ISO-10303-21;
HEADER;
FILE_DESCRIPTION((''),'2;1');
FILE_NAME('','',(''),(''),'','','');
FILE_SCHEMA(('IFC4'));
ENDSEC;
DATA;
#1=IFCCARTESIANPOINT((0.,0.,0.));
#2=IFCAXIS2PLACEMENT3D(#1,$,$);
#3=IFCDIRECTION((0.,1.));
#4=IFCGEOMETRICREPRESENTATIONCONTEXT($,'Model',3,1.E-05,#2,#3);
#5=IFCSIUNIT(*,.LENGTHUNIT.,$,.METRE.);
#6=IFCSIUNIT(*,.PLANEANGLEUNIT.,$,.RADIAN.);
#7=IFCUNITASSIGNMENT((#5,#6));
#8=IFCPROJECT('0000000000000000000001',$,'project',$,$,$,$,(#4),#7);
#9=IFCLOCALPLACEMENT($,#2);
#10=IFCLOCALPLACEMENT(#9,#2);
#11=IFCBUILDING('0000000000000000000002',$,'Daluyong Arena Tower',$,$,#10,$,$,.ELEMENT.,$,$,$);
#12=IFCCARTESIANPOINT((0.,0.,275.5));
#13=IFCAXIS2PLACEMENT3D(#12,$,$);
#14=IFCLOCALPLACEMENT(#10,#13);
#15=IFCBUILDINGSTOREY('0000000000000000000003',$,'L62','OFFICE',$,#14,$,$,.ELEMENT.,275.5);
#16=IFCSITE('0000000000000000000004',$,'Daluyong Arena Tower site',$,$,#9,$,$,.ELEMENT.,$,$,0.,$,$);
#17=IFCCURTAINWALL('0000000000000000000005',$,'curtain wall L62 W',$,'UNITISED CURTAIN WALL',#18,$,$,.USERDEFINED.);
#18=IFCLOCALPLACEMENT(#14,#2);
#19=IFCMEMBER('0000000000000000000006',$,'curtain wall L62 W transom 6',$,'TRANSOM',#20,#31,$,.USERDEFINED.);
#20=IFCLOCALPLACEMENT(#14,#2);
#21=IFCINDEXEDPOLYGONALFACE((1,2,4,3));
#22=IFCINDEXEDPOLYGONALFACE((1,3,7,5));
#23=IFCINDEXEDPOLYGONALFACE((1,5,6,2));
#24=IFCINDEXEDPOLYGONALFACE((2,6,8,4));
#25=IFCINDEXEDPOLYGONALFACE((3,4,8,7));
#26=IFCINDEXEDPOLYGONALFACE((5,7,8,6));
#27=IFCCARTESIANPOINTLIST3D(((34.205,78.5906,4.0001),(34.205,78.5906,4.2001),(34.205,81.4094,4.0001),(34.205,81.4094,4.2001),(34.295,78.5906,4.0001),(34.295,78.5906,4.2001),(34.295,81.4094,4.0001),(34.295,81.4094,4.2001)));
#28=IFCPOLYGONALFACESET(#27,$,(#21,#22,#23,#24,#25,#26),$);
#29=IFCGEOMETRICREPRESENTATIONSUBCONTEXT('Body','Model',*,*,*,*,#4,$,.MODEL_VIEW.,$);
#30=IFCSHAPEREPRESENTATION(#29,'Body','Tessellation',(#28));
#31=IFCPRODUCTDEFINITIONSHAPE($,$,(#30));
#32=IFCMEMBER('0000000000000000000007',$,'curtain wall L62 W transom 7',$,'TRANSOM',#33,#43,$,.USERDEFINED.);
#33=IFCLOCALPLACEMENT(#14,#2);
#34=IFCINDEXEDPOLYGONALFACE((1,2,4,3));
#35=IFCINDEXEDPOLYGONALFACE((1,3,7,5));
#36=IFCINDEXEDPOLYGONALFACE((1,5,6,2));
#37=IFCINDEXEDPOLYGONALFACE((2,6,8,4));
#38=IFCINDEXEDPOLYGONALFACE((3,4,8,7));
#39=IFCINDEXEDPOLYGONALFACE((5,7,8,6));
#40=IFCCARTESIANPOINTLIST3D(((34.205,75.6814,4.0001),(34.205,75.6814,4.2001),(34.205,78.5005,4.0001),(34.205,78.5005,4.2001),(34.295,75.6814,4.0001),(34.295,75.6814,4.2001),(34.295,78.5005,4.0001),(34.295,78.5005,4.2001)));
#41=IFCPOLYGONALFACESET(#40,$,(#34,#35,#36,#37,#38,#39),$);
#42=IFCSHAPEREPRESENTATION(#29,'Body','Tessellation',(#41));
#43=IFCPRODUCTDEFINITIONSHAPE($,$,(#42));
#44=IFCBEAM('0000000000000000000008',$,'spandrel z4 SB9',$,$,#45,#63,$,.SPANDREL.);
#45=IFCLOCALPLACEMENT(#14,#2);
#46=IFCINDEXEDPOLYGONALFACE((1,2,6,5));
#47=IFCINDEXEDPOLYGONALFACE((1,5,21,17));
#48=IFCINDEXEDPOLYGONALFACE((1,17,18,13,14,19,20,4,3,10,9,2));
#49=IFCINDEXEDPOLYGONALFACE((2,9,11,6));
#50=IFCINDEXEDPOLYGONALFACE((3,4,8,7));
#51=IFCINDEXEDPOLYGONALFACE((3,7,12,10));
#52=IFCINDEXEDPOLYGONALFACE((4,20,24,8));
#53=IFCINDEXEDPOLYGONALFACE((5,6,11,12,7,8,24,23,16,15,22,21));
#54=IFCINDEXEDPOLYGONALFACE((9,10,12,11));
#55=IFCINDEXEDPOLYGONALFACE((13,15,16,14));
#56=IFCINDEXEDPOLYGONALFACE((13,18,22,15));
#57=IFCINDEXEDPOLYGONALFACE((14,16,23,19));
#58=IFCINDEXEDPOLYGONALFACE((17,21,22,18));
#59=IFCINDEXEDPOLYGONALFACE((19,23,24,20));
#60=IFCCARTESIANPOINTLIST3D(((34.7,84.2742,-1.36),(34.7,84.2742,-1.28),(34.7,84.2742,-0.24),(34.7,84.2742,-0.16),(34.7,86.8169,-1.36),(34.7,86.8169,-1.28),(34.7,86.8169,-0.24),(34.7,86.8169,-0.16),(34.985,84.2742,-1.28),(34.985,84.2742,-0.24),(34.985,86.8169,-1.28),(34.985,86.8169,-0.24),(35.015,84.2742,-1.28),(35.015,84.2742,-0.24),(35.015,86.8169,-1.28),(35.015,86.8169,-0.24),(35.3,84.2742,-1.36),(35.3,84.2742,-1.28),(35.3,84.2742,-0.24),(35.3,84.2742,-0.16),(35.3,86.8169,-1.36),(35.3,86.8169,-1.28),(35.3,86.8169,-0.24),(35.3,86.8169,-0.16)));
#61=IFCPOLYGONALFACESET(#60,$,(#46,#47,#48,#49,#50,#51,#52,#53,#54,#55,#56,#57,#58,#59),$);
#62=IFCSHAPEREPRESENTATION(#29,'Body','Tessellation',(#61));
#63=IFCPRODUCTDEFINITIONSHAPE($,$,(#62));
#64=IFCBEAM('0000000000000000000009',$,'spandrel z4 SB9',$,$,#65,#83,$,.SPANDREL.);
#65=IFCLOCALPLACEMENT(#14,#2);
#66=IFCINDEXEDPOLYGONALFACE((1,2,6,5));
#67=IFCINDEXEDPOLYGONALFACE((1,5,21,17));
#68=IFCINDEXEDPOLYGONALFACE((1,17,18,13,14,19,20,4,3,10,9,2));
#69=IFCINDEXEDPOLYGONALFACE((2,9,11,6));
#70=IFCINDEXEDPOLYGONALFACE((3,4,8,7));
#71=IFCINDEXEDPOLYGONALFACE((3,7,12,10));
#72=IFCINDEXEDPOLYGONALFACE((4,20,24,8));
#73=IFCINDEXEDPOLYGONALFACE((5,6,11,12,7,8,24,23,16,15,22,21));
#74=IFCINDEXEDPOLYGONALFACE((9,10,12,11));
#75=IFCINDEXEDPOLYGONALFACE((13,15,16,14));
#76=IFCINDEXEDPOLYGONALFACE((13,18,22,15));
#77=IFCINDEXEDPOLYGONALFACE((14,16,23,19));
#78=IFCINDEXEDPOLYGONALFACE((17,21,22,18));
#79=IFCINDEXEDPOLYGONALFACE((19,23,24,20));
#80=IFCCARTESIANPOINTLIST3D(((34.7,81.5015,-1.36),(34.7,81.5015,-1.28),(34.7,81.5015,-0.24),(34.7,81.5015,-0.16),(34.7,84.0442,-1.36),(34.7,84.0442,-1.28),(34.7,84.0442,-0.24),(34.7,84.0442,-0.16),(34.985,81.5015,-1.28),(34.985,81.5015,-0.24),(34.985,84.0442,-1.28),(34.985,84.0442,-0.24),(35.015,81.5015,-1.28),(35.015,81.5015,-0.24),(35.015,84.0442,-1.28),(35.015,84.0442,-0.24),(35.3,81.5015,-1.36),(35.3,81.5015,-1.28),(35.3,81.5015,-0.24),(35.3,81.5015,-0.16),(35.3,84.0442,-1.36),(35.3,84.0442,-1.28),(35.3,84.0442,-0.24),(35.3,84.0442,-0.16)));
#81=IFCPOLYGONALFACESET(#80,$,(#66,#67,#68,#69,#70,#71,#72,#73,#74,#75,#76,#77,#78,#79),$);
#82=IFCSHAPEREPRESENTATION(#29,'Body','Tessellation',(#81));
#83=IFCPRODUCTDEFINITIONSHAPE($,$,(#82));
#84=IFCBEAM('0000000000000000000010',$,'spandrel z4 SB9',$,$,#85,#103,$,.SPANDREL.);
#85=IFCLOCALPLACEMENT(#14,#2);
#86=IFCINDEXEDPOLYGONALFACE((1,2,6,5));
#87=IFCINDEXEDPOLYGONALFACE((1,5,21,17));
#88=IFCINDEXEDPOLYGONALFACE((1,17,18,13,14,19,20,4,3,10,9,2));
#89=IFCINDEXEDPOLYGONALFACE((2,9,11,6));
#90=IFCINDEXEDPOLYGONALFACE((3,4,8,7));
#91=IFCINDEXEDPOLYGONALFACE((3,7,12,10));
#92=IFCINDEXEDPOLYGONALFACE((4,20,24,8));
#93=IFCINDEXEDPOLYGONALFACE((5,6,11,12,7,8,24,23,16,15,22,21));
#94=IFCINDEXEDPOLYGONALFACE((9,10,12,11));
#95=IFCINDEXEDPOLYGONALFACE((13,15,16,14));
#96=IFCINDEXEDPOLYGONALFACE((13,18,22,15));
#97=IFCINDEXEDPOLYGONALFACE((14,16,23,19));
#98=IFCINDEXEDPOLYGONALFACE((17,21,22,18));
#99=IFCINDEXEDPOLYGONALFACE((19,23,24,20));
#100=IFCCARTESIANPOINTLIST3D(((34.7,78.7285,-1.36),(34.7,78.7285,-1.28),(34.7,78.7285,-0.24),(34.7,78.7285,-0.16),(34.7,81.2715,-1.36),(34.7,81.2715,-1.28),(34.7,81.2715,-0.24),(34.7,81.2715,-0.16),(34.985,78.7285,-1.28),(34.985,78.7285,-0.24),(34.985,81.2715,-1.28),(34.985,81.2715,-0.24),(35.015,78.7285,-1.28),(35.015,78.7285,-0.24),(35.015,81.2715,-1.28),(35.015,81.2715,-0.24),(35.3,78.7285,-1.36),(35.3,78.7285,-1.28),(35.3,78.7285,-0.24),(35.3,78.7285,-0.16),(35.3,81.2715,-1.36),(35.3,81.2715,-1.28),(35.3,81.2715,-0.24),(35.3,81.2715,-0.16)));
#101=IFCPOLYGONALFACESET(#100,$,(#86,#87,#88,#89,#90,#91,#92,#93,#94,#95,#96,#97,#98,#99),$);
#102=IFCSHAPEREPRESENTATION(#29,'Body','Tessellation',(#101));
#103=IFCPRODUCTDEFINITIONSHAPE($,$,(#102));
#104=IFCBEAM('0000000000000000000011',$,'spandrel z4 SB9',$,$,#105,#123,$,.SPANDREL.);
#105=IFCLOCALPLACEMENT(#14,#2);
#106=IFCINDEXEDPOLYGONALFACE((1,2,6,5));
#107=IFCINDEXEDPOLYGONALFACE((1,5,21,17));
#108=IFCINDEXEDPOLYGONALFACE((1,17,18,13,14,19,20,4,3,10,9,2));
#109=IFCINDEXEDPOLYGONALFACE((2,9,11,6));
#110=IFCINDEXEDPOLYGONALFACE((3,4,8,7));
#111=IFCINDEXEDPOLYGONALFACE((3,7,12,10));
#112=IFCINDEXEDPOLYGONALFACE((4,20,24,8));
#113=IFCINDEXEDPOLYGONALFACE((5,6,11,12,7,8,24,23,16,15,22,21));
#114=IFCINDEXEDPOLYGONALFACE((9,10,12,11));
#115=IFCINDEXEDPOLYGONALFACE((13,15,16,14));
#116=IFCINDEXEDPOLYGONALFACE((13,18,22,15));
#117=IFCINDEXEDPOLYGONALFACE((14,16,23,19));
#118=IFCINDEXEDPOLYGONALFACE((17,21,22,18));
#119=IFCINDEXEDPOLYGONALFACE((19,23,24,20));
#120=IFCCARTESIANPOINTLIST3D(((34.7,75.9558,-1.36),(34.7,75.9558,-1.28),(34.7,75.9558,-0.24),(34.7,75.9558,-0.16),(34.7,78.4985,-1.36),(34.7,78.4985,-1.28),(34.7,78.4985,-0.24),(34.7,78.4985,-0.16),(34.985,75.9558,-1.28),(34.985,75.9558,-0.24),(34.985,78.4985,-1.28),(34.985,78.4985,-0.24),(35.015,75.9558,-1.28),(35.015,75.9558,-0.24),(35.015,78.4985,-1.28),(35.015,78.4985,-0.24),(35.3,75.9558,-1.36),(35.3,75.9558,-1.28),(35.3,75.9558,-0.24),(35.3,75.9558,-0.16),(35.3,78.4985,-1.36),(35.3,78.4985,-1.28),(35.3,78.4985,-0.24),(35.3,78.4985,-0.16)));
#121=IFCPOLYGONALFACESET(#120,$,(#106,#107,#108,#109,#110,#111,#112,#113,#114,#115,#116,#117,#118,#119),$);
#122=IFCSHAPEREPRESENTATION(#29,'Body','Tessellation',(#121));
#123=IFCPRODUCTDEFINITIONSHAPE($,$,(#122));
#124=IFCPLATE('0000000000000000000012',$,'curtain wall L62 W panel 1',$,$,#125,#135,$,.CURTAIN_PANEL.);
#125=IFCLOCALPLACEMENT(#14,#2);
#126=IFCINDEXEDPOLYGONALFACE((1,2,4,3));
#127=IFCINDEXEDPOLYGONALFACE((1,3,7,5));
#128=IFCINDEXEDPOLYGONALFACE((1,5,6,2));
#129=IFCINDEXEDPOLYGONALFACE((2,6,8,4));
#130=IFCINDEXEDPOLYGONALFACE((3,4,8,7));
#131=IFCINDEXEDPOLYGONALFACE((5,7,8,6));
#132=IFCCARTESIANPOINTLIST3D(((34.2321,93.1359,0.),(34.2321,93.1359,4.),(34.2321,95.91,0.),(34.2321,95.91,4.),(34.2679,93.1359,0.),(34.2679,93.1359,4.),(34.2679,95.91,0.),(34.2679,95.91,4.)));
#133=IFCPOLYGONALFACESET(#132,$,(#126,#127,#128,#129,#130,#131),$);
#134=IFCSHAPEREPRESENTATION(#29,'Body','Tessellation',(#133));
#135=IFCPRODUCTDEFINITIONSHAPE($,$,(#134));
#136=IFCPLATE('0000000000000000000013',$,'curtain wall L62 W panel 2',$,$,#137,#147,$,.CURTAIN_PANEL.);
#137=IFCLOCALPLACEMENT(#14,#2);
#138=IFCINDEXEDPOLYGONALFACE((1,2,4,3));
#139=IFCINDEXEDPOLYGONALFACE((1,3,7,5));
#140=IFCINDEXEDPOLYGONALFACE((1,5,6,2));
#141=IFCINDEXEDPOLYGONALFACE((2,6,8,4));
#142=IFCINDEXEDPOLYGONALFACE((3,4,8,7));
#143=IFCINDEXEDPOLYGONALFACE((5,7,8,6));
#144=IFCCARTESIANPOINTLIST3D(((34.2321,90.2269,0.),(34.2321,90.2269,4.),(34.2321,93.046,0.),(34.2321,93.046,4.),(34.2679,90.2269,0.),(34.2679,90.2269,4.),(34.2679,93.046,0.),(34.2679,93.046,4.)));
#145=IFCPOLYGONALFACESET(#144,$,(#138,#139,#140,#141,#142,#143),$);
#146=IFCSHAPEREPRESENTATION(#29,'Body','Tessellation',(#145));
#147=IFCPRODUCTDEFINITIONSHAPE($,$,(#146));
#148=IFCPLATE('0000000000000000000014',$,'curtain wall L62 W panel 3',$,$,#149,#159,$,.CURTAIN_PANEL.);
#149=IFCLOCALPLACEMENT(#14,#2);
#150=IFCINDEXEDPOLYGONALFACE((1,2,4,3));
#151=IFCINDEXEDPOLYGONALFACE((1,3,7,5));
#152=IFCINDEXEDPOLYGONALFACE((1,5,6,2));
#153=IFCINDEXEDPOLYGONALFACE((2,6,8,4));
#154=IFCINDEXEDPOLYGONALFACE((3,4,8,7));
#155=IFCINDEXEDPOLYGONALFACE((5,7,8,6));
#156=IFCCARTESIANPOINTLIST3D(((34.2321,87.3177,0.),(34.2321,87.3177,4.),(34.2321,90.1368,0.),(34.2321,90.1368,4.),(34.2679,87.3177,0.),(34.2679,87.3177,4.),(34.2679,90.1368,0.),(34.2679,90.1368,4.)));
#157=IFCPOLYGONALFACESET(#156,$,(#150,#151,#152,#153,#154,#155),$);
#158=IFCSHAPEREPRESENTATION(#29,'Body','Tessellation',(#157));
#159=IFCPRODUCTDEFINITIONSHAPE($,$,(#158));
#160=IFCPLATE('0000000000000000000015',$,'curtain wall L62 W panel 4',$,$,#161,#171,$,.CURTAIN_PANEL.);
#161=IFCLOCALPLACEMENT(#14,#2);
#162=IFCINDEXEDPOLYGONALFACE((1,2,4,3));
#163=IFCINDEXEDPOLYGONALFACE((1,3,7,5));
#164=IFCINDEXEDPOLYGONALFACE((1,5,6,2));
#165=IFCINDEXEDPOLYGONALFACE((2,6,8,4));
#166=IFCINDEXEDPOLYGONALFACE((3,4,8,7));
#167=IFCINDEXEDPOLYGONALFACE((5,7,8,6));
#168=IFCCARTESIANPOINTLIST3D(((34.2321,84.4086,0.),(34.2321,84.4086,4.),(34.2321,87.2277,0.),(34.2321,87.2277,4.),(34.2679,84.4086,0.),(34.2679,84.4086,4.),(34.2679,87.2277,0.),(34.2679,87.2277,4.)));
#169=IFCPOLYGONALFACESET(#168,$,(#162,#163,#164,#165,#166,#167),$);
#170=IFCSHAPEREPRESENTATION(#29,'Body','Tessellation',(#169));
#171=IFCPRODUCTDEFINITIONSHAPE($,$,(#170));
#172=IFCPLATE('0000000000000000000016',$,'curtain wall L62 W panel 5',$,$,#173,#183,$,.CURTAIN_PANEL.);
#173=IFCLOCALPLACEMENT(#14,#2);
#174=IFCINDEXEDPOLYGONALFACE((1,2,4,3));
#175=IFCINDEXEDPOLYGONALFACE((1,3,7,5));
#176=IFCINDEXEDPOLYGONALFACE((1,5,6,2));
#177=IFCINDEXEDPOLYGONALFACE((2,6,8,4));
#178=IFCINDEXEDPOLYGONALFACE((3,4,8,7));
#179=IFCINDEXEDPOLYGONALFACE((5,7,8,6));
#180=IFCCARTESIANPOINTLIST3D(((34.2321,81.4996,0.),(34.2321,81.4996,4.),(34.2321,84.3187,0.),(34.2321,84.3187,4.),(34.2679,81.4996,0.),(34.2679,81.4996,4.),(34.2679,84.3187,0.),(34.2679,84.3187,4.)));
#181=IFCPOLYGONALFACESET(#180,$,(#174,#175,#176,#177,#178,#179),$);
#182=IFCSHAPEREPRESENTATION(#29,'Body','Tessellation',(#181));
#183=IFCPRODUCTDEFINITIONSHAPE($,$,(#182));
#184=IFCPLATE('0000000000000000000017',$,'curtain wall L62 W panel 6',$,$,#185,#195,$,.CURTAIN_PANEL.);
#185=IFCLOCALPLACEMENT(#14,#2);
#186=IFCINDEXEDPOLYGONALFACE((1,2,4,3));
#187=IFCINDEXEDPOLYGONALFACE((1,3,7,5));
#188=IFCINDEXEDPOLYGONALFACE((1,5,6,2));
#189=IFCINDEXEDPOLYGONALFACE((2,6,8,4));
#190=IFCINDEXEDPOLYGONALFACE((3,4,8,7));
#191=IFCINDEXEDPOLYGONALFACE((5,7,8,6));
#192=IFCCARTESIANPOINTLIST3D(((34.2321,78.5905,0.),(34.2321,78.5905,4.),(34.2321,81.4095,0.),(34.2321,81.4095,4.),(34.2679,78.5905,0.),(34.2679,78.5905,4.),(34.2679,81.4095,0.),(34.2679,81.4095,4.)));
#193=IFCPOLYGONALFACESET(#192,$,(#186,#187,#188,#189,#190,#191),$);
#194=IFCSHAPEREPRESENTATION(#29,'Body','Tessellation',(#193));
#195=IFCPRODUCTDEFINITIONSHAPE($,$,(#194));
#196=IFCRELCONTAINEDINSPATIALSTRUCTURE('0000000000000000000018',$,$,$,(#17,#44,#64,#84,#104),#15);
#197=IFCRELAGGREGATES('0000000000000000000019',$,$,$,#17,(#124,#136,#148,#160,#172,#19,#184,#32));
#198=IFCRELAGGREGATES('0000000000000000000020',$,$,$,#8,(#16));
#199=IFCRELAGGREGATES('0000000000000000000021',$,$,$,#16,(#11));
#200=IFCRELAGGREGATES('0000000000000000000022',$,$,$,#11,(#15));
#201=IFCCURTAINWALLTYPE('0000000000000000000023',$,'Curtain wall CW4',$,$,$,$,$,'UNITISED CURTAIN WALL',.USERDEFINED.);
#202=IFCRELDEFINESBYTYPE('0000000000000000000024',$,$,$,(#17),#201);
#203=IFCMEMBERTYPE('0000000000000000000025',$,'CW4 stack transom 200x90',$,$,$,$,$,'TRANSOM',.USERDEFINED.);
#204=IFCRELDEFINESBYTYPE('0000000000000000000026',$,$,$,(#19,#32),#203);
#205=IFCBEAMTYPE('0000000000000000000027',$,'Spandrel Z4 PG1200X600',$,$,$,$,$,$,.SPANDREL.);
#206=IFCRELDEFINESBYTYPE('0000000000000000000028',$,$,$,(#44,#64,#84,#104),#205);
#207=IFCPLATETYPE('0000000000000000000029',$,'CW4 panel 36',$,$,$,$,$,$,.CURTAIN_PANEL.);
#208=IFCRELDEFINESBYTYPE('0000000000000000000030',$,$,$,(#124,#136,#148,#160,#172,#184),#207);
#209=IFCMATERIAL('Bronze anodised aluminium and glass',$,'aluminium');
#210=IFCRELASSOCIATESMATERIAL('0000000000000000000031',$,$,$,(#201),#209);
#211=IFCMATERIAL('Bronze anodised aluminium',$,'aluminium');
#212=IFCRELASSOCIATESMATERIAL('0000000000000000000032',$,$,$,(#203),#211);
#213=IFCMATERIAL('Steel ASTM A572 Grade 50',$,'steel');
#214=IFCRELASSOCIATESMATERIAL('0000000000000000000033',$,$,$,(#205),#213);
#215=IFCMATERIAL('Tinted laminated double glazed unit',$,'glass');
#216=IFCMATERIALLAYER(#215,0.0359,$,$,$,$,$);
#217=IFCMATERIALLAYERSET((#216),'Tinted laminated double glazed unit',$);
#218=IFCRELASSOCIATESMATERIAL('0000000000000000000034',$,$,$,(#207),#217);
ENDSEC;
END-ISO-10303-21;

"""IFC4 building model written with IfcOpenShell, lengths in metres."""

from ifc_helpers import new_model, si_unit, direction, frame, origin, origin_2d, place, context, subcontext, project, spatial, rectangle, i_section, extrude, material, layer, layer_set, material_profile, profile_set, type_object, element, aggregate, save


model = new_model("IFC4")

# Units and contexts
model_context = context("Model", 3, precision=1e-05, world=origin(), true_north=direction((0.0, 1.0)))
body_context = subcontext(model_context, "Body", "Model", "MODEL_VIEW")
ifc_project = project(units=[si_unit("LENGTHUNIT", "METRE"), si_unit("PLANEANGLEUNIT", "RADIAN")], contexts=[model_context])

# Site, building, storey
site_placement = place(None, origin())
site = spatial("IfcSite", under=ifc_project, at=site_placement, Name="Daluyong Arena Tower site", CompositionType="ELEMENT", RefElevation=0.0)
building_placement = place(site_placement, origin())
building = spatial("IfcBuilding", under=site, at=building_placement, Name="Daluyong Arena Tower", CompositionType="ELEMENT")
storey_placement = place(building_placement, frame((0.0, 0.0, 275.5)))
storey = spatial("IfcBuildingStorey", under=building, at=storey_placement, Name="L62", Description="OFFICE", CompositionType="ELEMENT", Elevation=275.5)

# Curtain wall, members
ifc_material_1 = material(Name="Bronze anodised aluminium and glass", Category="aluminium")
curtain_wall_type = type_object("IfcCurtainWallType", Name="Curtain wall CW4", ElementType="UNITISED CURTAIN WALL", PredefinedType="USERDEFINED", material=ifc_material_1)
curtain_wall_placement = place(storey_placement, origin())
curtain_wall = element("IfcCurtainWall", 1, at=curtain_wall_placement, inside=storey, type_object=curtain_wall_type, Name="curtain wall L62 W", ObjectType="UNITISED CURTAIN WALL", PredefinedType="USERDEFINED")
ifc_material_2 = material(Name="Bronze anodised aluminium", Category="aluminium")
ifc_material_profile_1 = material_profile(ifc_material_2, rectangle(XDim=0.0901, YDim=0.2, at=origin_2d()))
ifc_profile_set_1 = profile_set([ifc_material_profile_1], Name="Bronze anodised aluminium")
member_type_1 = type_object("IfcMemberType", Name="CW4 stack transom 200x90", ElementType="TRANSOM", PredefinedType="USERDEFINED", material=ifc_profile_set_1)
member_1_placement = place(storey_placement, frame((34.25, 81.4094, 4.1001), z_axis=(0.0, -1.0, 0.0), x_axis=(1.0, 0.0, 0.0)))
member_1 = element("IfcMember", 2, at=member_1_placement, type_object=member_type_1, Name="curtain wall L62 W transom 6", ObjectType="TRANSOM", PredefinedType="USERDEFINED", context=body_context, shape_type="SweptSolid", body=[
    extrude(rectangle(XDim=0.0901, YDim=0.2, at=origin_2d()), origin(), (0.0, 0.0, 1.0), 2.8188),
])
member_2_placement = place(storey_placement, frame((34.25, 78.5005, 4.1001), z_axis=(0.0, -1.0, 0.0), x_axis=(1.0, 0.0, 0.0)))
member_2 = element("IfcMember", 3, at=member_2_placement, type_object=member_type_1, Name="curtain wall L62 W transom 7", ObjectType="TRANSOM", PredefinedType="USERDEFINED", context=body_context, shape_type="SweptSolid", body=[
    extrude(rectangle(XDim=0.0901, YDim=0.2, at=origin_2d()), origin(), (0.0, 0.0, 1.0), 2.8191),
])

# Beams
ifc_material_3 = material(Name="Steel ASTM A572 Grade 50", Category="steel")
ifc_material_profile_2 = material_profile(ifc_material_3, i_section(OverallWidth=0.6001, OverallDepth=1.2, WebThickness=0.03, FlangeThickness=0.08, at=origin_2d()))
ifc_profile_set_2 = profile_set([ifc_material_profile_2], Name="Steel ASTM A572 Grade 50")
beam_type = type_object("IfcBeamType", Name="Spandrel Z4 PG1200X600", PredefinedType="SPANDREL", material=ifc_profile_set_2)
for number, where, z_axis, x_axis, name in (
    (4, (35.0, 86.8169, -0.76), (0.0, -1.0, 0.0), (1.0, 0.0, 0.0), "spandrel z4 SB9"),
    (5, (35.0, 84.0442, -0.76), (0.0, -1.0, 0.0), (1.0, 0.0, 0.0), "spandrel z4 SB9"),
):
    element("IfcBeam", number, at=place(storey_placement, frame(where, z_axis=z_axis, x_axis=x_axis)), inside=storey, type_object=beam_type, Name=name, PredefinedType="SPANDREL", context=body_context, shape_type="SweptSolid", body=[
        extrude(i_section(OverallWidth=0.6001, OverallDepth=1.2, WebThickness=0.03, FlangeThickness=0.08, at=origin_2d()), origin(), (0.0, 0.0, 1.0), 2.5427),
    ])
beam_1_placement = place(storey_placement, frame((35.0, 81.2715, -0.76), z_axis=(0.0, -1.0, 0.0), x_axis=(1.0, 0.0, 0.0)))
element("IfcBeam", 6, at=beam_1_placement, inside=storey, type_object=beam_type, Name="spandrel z4 SB9", PredefinedType="SPANDREL", context=body_context, shape_type="SweptSolid", body=[
    extrude(i_section(OverallWidth=0.6001, OverallDepth=1.2, WebThickness=0.03, FlangeThickness=0.08, at=origin_2d()), origin(), (0.0, 0.0, 1.0), 2.543),
])
beam_2_placement = place(storey_placement, frame((35.0, 78.4985, -0.76), z_axis=(0.0, -1.0, 0.0), x_axis=(1.0, 0.0, 0.0)))
element("IfcBeam", 7, at=beam_2_placement, inside=storey, type_object=beam_type, Name="spandrel z4 SB9", PredefinedType="SPANDREL", context=body_context, shape_type="SweptSolid", body=[
    extrude(i_section(OverallWidth=0.6001, OverallDepth=1.2, WebThickness=0.03, FlangeThickness=0.08, at=origin_2d()), origin(), (0.0, 0.0, 1.0), 2.5427),
])

# Plates
ifc_material_4 = material(Name="Tinted laminated double glazed unit", Category="glass")
ifc_layer = layer(ifc_material_4, 0.0359)
ifc_layer_set = layer_set([ifc_layer], Name="Tinted laminated double glazed unit")
plate_type = type_object("IfcPlateType", Name="CW4 panel 36", PredefinedType="CURTAIN_PANEL", material=ifc_layer_set)
plate_1_placement = place(storey_placement, frame((34.25, 94.5229, 0.0), z_axis=(0.0, 0.0, 1.0), x_axis=(0.0, -1.0, 0.0)))
plate_1 = element("IfcPlate", 8, at=plate_1_placement, type_object=plate_type, Name="curtain wall L62 W panel 1", PredefinedType="CURTAIN_PANEL", context=body_context, shape_type="SweptSolid", body=[
    extrude(rectangle(XDim=2.7742, YDim=0.0359, at=origin_2d()), origin(), (0.0, 0.0, 1.0), 4.0),
])
plate_2_placement = place(storey_placement, frame((34.25, 91.6365, 0.0), z_axis=(0.0, 0.0, 1.0), x_axis=(0.0, -1.0, 0.0)))
plate_2 = element("IfcPlate", 9, at=plate_2_placement, type_object=plate_type, Name="curtain wall L62 W panel 2", PredefinedType="CURTAIN_PANEL", context=body_context, shape_type="SweptSolid", body=[
    extrude(rectangle(XDim=2.8191, YDim=0.0359, at=origin_2d()), origin(), (0.0, 0.0, 1.0), 4.0),
])
plate_3_placement = place(storey_placement, frame((34.25, 88.7273, 0.0), z_axis=(0.0, 0.0, 1.0), x_axis=(0.0, -1.0, 0.0)))
plate_3 = element("IfcPlate", 10, at=plate_3_placement, type_object=plate_type, Name="curtain wall L62 W panel 3", PredefinedType="CURTAIN_PANEL", context=body_context, shape_type="SweptSolid", body=[
    extrude(rectangle(XDim=2.8191, YDim=0.0359, at=origin_2d()), origin(), (0.0, 0.0, 1.0), 4.0),
])
plate_4_placement = place(storey_placement, frame((34.25, 85.8181, 0.0), z_axis=(0.0, 0.0, 1.0), x_axis=(0.0, -1.0, 0.0)))
plate_4 = element("IfcPlate", 11, at=plate_4_placement, type_object=plate_type, Name="curtain wall L62 W panel 4", PredefinedType="CURTAIN_PANEL", context=body_context, shape_type="SweptSolid", body=[
    extrude(rectangle(XDim=2.8191, YDim=0.0359, at=origin_2d()), origin(), (0.0, 0.0, 1.0), 4.0),
])
plate_5_placement = place(storey_placement, frame((34.25, 82.9092, 0.0), z_axis=(0.0, 0.0, 1.0), x_axis=(0.0, -1.0, 0.0)))
plate_5 = element("IfcPlate", 12, at=plate_5_placement, type_object=plate_type, Name="curtain wall L62 W panel 5", PredefinedType="CURTAIN_PANEL", context=body_context, shape_type="SweptSolid", body=[
    extrude(rectangle(XDim=2.8191, YDim=0.0359, at=origin_2d()), origin(), (0.0, 0.0, 1.0), 4.0),
])
plate_6_placement = place(storey_placement, frame((34.25, 80.0, 0.0), z_axis=(0.0, 0.0, 1.0), x_axis=(0.0, -1.0, 0.0)))
plate_6 = element("IfcPlate", 13, at=plate_6_placement, type_object=plate_type, Name="curtain wall L62 W panel 6", PredefinedType="CURTAIN_PANEL", context=body_context, shape_type="SweptSolid", body=[
    extrude(rectangle(XDim=2.8191, YDim=0.0359, at=origin_2d()), origin(), (0.0, 0.0, 1.0), 4.0),
])
aggregate(curtain_wall, [plate_1, plate_2, plate_3, plate_4, plate_5, member_1, plate_6, member_2])

save(model, "model.ifc")
